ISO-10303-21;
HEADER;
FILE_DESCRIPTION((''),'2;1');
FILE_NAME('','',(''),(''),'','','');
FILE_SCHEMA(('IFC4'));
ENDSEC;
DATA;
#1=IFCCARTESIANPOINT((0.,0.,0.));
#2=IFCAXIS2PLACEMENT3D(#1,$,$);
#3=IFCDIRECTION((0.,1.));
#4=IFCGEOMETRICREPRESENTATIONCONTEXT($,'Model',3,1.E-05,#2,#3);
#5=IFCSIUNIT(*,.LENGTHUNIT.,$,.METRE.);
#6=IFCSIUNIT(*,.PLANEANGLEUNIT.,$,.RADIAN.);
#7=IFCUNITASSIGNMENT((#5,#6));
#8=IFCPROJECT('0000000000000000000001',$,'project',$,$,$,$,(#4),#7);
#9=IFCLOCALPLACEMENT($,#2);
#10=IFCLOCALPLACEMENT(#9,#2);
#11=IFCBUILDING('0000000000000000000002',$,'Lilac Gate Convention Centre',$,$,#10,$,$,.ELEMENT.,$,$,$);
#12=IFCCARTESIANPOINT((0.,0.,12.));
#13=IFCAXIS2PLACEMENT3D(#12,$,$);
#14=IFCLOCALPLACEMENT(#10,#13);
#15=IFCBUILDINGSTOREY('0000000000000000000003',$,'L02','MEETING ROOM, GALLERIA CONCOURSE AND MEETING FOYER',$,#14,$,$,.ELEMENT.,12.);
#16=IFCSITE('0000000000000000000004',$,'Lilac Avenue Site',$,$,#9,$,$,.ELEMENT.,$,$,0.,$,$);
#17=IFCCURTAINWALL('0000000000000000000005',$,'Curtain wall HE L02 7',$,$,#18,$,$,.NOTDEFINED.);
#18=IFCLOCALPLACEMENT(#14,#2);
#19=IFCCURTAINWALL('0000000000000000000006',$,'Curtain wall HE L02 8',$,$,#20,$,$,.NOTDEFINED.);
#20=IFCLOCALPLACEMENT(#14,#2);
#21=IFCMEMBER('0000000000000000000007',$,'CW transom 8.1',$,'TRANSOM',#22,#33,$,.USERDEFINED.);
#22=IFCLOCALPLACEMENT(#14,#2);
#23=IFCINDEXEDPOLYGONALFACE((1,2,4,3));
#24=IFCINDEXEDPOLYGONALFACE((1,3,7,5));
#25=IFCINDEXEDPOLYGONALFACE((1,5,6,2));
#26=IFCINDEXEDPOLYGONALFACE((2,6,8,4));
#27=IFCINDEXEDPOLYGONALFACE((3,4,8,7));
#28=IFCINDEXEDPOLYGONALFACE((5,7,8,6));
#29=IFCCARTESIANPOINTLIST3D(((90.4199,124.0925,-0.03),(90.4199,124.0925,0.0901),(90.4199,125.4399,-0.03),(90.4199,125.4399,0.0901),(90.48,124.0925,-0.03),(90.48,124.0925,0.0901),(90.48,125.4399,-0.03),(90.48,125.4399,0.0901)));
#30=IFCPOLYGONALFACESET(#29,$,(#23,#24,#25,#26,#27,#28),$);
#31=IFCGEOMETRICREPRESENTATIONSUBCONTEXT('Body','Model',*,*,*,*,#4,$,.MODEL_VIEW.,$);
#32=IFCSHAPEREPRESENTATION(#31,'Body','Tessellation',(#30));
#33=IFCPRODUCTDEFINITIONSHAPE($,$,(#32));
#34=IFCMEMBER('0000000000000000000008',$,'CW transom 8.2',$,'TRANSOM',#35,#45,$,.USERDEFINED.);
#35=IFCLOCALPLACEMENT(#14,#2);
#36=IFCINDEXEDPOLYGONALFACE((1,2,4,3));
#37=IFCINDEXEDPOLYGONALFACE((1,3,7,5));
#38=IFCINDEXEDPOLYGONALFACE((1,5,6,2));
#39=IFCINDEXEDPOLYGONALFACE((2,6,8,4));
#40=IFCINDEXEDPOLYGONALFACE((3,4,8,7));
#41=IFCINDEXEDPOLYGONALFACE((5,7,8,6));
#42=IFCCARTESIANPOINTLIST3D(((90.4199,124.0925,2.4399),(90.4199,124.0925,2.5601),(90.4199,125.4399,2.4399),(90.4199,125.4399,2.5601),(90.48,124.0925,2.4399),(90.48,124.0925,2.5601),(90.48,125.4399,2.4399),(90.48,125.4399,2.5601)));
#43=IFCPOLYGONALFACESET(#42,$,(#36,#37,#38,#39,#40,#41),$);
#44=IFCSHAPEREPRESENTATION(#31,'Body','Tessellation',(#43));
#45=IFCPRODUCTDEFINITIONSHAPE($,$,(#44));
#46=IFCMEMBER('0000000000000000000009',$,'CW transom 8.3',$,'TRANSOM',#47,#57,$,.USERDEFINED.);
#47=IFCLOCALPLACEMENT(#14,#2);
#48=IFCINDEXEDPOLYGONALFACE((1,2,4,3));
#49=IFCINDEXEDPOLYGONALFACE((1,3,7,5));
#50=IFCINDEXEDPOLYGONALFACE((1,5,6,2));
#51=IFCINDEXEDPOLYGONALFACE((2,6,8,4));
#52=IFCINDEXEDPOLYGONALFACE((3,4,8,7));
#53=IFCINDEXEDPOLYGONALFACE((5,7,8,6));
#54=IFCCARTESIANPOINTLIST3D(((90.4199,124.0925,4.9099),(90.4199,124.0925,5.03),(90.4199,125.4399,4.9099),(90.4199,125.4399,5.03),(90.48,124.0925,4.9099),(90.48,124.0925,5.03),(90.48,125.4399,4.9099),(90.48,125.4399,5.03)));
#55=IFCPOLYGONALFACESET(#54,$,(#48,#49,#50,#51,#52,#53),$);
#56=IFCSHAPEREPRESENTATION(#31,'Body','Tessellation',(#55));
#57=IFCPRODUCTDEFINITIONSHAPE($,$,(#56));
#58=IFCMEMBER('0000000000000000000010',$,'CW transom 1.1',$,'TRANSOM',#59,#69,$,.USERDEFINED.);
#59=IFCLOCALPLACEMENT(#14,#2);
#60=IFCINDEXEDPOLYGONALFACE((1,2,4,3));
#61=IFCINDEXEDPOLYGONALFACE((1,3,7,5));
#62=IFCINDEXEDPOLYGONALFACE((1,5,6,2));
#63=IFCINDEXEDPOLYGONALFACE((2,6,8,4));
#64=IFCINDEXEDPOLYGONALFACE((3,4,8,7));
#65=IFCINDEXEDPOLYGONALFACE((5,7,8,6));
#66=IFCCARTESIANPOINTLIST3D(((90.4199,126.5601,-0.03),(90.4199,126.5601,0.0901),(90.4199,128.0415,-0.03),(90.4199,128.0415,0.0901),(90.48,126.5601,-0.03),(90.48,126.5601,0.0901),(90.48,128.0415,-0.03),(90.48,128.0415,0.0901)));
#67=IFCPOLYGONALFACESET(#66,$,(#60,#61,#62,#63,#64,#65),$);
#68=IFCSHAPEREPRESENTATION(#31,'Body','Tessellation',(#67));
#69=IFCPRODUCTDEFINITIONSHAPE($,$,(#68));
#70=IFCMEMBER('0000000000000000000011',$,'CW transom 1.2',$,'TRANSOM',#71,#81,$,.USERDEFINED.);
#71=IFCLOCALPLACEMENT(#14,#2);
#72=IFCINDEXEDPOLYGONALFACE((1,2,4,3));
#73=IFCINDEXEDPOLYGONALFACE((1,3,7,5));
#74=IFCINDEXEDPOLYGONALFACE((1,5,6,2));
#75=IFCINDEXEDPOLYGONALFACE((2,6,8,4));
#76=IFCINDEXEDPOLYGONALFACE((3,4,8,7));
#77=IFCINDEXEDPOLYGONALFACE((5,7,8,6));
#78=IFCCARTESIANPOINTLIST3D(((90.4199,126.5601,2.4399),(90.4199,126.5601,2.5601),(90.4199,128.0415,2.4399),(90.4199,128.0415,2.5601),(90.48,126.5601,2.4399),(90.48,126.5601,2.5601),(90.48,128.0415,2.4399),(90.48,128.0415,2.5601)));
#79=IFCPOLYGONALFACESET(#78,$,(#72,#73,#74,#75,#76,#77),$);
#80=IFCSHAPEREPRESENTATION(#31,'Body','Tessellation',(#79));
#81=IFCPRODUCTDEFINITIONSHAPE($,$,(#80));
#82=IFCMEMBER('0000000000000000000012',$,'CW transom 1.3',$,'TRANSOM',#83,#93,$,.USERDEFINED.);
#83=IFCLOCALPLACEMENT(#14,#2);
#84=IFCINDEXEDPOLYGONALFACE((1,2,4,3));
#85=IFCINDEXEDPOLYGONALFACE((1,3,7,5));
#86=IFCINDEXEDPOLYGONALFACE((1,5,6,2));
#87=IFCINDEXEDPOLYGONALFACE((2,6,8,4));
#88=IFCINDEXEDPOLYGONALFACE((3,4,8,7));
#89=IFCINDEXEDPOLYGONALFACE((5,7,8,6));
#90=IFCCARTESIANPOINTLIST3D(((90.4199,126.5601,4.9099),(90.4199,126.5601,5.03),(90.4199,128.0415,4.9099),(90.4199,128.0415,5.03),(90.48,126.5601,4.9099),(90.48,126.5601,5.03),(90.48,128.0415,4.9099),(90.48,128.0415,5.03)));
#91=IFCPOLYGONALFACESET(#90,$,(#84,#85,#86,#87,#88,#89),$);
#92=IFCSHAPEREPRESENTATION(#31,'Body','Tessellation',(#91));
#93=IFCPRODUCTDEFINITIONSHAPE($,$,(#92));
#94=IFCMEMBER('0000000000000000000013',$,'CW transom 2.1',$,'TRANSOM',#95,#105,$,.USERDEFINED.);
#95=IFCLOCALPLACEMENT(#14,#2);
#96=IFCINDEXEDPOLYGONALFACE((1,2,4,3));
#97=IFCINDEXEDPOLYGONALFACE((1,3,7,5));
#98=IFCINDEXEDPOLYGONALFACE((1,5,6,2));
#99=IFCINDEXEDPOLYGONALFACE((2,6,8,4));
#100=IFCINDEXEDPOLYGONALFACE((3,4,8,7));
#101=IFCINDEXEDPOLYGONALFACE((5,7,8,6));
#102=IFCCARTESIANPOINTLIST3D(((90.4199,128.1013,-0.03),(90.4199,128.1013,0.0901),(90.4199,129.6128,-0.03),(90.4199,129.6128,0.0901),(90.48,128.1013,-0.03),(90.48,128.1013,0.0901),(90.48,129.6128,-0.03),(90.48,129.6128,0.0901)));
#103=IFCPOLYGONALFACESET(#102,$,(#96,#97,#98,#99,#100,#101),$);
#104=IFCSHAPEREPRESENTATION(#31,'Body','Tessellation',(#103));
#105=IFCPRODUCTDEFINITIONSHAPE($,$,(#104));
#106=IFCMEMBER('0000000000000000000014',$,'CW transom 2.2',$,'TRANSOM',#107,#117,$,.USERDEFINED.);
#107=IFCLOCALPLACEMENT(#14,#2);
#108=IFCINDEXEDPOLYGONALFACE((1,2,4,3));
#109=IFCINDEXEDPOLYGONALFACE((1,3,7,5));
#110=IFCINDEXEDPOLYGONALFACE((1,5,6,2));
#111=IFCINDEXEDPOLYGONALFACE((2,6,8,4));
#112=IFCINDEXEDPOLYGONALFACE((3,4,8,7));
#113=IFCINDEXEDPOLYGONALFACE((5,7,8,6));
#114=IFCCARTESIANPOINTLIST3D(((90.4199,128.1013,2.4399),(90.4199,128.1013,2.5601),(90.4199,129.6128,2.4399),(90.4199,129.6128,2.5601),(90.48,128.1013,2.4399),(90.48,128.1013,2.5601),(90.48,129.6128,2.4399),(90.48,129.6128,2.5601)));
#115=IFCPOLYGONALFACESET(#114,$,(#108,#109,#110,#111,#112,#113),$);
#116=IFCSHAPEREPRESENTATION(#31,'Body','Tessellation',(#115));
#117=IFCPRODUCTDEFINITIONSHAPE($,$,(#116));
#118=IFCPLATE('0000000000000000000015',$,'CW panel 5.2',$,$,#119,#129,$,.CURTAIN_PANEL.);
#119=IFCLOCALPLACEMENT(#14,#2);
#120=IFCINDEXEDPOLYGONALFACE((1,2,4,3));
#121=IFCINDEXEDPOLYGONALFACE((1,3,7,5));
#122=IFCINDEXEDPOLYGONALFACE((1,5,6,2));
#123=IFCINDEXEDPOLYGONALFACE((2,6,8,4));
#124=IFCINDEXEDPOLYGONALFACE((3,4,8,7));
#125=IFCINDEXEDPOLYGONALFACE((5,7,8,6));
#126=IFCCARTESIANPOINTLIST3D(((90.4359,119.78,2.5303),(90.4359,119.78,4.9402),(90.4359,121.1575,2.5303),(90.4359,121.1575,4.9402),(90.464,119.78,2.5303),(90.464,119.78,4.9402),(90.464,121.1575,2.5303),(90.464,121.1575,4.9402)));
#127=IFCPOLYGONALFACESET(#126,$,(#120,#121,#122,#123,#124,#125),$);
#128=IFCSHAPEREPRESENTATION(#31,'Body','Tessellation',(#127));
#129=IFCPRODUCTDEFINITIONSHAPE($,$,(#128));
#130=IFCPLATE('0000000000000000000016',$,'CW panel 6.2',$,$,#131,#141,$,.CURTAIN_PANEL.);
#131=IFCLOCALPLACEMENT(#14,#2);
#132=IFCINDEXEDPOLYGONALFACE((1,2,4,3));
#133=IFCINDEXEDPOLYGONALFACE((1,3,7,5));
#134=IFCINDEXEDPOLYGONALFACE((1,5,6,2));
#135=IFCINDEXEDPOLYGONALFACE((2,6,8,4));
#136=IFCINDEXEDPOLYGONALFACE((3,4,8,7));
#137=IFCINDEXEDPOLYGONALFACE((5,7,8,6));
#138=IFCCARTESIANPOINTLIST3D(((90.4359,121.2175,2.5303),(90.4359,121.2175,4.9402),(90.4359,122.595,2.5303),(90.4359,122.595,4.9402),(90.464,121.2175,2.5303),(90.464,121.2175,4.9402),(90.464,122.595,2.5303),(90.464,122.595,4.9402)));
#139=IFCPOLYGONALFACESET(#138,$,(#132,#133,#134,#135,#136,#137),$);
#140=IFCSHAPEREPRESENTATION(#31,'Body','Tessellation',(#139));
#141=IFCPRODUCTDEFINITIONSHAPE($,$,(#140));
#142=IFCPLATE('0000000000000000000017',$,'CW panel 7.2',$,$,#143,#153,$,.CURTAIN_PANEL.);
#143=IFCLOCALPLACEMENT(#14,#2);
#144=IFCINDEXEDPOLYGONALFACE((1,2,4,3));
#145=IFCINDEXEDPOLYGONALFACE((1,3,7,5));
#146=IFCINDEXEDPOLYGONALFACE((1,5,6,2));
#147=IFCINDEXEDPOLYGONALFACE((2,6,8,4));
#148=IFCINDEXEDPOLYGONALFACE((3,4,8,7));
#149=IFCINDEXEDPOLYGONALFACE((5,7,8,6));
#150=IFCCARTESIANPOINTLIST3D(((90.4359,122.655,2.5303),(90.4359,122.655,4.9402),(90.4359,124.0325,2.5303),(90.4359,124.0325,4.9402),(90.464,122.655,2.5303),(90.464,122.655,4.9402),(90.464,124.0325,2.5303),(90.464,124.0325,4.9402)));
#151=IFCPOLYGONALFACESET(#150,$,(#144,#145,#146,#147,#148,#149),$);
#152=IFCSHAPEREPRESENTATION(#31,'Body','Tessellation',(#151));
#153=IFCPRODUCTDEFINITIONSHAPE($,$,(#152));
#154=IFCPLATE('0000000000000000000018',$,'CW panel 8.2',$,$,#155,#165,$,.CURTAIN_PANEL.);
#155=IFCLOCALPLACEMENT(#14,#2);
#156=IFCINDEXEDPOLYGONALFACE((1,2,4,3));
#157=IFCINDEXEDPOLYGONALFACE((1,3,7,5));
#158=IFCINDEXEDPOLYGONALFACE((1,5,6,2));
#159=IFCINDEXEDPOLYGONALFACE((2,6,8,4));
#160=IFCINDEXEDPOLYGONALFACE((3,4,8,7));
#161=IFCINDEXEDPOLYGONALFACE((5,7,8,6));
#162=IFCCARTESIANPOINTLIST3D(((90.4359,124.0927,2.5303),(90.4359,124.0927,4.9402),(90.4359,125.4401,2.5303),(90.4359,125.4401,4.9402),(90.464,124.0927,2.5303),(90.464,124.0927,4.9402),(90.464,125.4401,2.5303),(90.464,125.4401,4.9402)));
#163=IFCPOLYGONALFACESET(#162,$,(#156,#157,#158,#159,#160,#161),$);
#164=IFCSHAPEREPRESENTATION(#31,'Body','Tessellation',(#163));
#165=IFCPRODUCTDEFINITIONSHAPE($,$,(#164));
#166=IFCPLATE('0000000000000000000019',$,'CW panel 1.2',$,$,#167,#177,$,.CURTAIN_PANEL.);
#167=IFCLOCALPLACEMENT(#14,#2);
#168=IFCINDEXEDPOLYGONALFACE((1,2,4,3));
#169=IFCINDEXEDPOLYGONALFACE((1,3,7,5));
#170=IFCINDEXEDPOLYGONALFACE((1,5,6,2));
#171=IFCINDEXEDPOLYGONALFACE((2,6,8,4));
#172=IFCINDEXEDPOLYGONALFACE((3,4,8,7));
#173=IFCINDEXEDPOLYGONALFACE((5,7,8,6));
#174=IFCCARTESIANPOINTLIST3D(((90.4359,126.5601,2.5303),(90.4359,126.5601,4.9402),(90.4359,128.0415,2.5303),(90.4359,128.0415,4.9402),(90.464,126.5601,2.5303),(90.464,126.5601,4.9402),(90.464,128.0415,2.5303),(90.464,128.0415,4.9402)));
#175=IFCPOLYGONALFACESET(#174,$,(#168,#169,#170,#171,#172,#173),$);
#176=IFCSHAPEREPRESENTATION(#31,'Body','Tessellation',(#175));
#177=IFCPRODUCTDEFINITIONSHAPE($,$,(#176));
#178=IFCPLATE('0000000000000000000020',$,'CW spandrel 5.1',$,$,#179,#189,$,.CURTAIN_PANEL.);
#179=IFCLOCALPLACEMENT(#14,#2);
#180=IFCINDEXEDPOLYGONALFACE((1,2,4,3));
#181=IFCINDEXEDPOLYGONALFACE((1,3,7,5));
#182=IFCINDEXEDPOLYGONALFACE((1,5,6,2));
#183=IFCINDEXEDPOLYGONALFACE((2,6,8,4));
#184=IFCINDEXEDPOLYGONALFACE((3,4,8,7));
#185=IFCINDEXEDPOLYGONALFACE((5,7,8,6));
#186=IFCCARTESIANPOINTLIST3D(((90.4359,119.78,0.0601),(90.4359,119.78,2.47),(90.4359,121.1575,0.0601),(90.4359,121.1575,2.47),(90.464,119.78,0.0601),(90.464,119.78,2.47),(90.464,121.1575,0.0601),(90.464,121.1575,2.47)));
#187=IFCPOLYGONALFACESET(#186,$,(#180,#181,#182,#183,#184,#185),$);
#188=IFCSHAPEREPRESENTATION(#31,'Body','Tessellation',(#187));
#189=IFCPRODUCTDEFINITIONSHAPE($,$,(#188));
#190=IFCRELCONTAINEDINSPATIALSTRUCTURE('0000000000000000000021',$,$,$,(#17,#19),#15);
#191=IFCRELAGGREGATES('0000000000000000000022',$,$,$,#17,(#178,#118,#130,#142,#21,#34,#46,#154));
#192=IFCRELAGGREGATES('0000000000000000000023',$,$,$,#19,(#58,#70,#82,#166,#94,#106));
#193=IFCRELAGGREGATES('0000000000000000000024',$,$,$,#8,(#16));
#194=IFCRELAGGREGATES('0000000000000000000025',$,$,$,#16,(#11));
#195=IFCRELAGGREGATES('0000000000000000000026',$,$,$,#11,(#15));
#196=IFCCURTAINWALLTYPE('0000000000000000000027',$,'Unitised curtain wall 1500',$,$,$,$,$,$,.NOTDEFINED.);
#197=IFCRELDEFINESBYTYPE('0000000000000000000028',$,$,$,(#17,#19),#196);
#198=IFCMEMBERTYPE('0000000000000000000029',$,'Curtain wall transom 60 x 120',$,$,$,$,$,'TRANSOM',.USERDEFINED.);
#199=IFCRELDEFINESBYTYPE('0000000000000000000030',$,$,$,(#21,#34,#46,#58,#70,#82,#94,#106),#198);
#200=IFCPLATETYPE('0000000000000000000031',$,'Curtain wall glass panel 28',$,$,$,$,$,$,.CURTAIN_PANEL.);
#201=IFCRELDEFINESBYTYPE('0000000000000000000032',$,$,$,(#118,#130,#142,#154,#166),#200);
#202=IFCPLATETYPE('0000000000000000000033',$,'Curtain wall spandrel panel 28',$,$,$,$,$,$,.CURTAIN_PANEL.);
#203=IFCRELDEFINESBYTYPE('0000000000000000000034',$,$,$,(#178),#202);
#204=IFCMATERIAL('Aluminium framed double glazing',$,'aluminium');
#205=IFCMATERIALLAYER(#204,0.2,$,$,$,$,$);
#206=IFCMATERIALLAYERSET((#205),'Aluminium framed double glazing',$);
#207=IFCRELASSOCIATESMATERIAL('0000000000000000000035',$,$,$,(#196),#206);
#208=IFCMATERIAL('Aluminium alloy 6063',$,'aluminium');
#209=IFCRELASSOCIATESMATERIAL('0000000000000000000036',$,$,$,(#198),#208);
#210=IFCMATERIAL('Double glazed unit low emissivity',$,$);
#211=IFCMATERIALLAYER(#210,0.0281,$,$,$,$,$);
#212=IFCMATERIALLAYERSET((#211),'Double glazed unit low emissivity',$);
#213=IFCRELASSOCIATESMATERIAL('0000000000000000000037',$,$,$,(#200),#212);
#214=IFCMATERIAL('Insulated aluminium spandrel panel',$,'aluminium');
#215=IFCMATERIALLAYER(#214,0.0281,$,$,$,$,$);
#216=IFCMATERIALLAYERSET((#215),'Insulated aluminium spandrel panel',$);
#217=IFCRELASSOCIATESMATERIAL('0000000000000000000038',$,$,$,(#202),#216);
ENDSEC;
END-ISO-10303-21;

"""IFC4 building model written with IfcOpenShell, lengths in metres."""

from ifc_helpers import new_model, si_unit, direction, frame, origin, origin_2d, place, context, subcontext, project, spatial, rectangle, extrude, material, layer, layer_set, material_profile, profile_set, type_object, element, aggregate, save


model = new_model("IFC4")

# Units and contexts
model_context = context("Model", 3, precision=1e-05, world=origin(), true_north=direction((0.0, 1.0)))
body_context = subcontext(model_context, "Body", "Model", "MODEL_VIEW")
ifc_project = project(units=[si_unit("LENGTHUNIT", "METRE"), si_unit("PLANEANGLEUNIT", "RADIAN")], contexts=[model_context])

# Site, building, storey
site_placement = place(None, origin())
site = spatial("IfcSite", under=ifc_project, at=site_placement, Name="Lilac Avenue Site", CompositionType="ELEMENT", RefElevation=0.0)
building_placement = place(site_placement, origin())
building = spatial("IfcBuilding", under=site, at=building_placement, Name="Lilac Gate Convention Centre", CompositionType="ELEMENT")
storey_placement = place(building_placement, frame((0.0, 0.0, 12.0)))
storey = spatial("IfcBuildingStorey", under=building, at=storey_placement, Name="L02", Description="MEETING ROOM, GALLERIA CONCOURSE AND MEETING FOYER", CompositionType="ELEMENT", Elevation=12.0)

# Curtain walls
ifc_material_1 = material(Name="Aluminium framed double glazing", Category="aluminium")
ifc_layer_1 = layer(ifc_material_1, 0.2)
ifc_layer_set_1 = layer_set([ifc_layer_1], Name="Aluminium framed double glazing")
curtain_wall_type = type_object("IfcCurtainWallType", Name="Unitised curtain wall 1500", PredefinedType="NOTDEFINED", material=ifc_layer_set_1)
curtain_wall_1_placement = place(storey_placement, origin())
curtain_wall_1 = element("IfcCurtainWall", 1, at=curtain_wall_1_placement, inside=storey, type_object=curtain_wall_type, Name="Curtain wall HE L02 7", PredefinedType="NOTDEFINED")
ifc_material_2 = material(Name="Aluminium alloy 6063", Category="aluminium")
curtain_wall_2_placement = place(storey_placement, origin())
curtain_wall_2 = element("IfcCurtainWall", 2, at=curtain_wall_2_placement, inside=storey, type_object=curtain_wall_type, Name="Curtain wall HE L02 8", PredefinedType="NOTDEFINED")

# Members
ifc_material_profile_1 = material_profile(ifc_material_2, rectangle(XDim=0.0601, YDim=0.1201, at=origin_2d()), Name="Curtain wall transom 60 x 120")
ifc_profile_set_1 = profile_set([ifc_material_profile_1], Name="Aluminium alloy 6063")
member_type_1 = type_object("IfcMemberType", Name="Curtain wall transom 60 x 120", ElementType="TRANSOM", PredefinedType="USERDEFINED", material=ifc_profile_set_1)
member_1_placement = place(storey_placement, frame((90.45, 124.0925, 0.03), z_axis=(0.0, 1.0, 0.0), x_axis=(-1.0, 0.0, 0.0)))
member_1 = element("IfcMember", 3, at=member_1_placement, type_object=member_type_1, Name="CW transom 8.1", ObjectType="TRANSOM", PredefinedType="USERDEFINED", context=body_context, shape_type="SweptSolid", body=[
    extrude(rectangle(XDim=0.0601, YDim=0.1201, at=origin_2d()), origin(), (0.0, 0.0, 1.0), 1.3474),
])
member_2_placement = place(storey_placement, frame((90.45, 124.0925, 2.5), z_axis=(0.0, 1.0, 0.0), x_axis=(-1.0, 0.0, 0.0)))
member_2 = element("IfcMember", 4, at=member_2_placement, type_object=member_type_1, Name="CW transom 8.2", ObjectType="TRANSOM", PredefinedType="USERDEFINED", context=body_context, shape_type="SweptSolid", body=[
    extrude(rectangle(XDim=0.0601, YDim=0.1201, at=origin_2d()), origin(), (0.0, 0.0, 1.0), 1.3474),
])
member_3_placement = place(storey_placement, frame((90.45, 124.0925, 4.97), z_axis=(0.0, 1.0, 0.0), x_axis=(-1.0, 0.0, 0.0)))
member_3 = element("IfcMember", 5, at=member_3_placement, type_object=member_type_1, Name="CW transom 8.3", ObjectType="TRANSOM", PredefinedType="USERDEFINED", context=body_context, shape_type="SweptSolid", body=[
    extrude(rectangle(XDim=0.0601, YDim=0.1201, at=origin_2d()), origin(), (0.0, 0.0, 1.0), 1.3474),
])
member_4_placement = place(storey_placement, frame((90.45, 126.5601, 0.03), z_axis=(0.0, 1.0, 0.0), x_axis=(-1.0, 0.0, 0.0)))
member_4 = element("IfcMember", 6, at=member_4_placement, type_object=member_type_1, Name="CW transom 1.1", ObjectType="TRANSOM", PredefinedType="USERDEFINED", context=body_context, shape_type="SweptSolid", body=[
    extrude(rectangle(XDim=0.0601, YDim=0.1201, at=origin_2d()), origin(), (0.0, 0.0, 1.0), 1.4814),
])
member_5_placement = place(storey_placement, frame((90.45, 126.5601, 2.5), z_axis=(0.0, 1.0, 0.0), x_axis=(-1.0, 0.0, 0.0)))
member_5 = element("IfcMember", 7, at=member_5_placement, type_object=member_type_1, Name="CW transom 1.2", ObjectType="TRANSOM", PredefinedType="USERDEFINED", context=body_context, shape_type="SweptSolid", body=[
    extrude(rectangle(XDim=0.0601, YDim=0.1201, at=origin_2d()), origin(), (0.0, 0.0, 1.0), 1.4814),
])
member_6_placement = place(storey_placement, frame((90.45, 126.5601, 4.97), z_axis=(0.0, 1.0, 0.0), x_axis=(-1.0, 0.0, 0.0)))
member_6 = element("IfcMember", 8, at=member_6_placement, type_object=member_type_1, Name="CW transom 1.3", ObjectType="TRANSOM", PredefinedType="USERDEFINED", context=body_context, shape_type="SweptSolid", body=[
    extrude(rectangle(XDim=0.0601, YDim=0.1201, at=origin_2d()), origin(), (0.0, 0.0, 1.0), 1.4814),
])
member_7_placement = place(storey_placement, frame((90.45, 128.1013, 0.03), z_axis=(0.0, 1.0, 0.0), x_axis=(-1.0, 0.0, 0.0)))
member_7 = element("IfcMember", 9, at=member_7_placement, type_object=member_type_1, Name="CW transom 2.1", ObjectType="TRANSOM", PredefinedType="USERDEFINED", context=body_context, shape_type="SweptSolid", body=[
    extrude(rectangle(XDim=0.0601, YDim=0.1201, at=origin_2d()), origin(), (0.0, 0.0, 1.0), 1.5115),
])
member_8_placement = place(storey_placement, frame((90.45, 128.1013, 2.5), z_axis=(0.0, 1.0, 0.0), x_axis=(-1.0, 0.0, 0.0)))
member_8 = element("IfcMember", 10, at=member_8_placement, type_object=member_type_1, Name="CW transom 2.2", ObjectType="TRANSOM", PredefinedType="USERDEFINED", context=body_context, shape_type="SweptSolid", body=[
    extrude(rectangle(XDim=0.0601, YDim=0.1201, at=origin_2d()), origin(), (0.0, 0.0, 1.0), 1.5115),
])

# Plates
ifc_material_3 = material(Name="Double glazed unit low emissivity")
ifc_layer_2 = layer(ifc_material_3, 0.0281)
ifc_layer_set_2 = layer_set([ifc_layer_2], Name="Double glazed unit low emissivity")
plate_type_1 = type_object("IfcPlateType", Name="Curtain wall glass panel 28", PredefinedType="CURTAIN_PANEL", material=ifc_layer_set_2)
plate_1_placement = place(storey_placement, frame((90.45, 120.4688, 2.5303), z_axis=(0.0, 0.0, 1.0), x_axis=(0.0, 1.0, 0.0)))
plate_1 = element("IfcPlate", 11, at=plate_1_placement, type_object=plate_type_1, Name="CW panel 5.2", PredefinedType="CURTAIN_PANEL", context=body_context, shape_type="SweptSolid", body=[
    extrude(rectangle(XDim=1.3774, YDim=0.0281, at=origin_2d()), origin(), (0.0, 0.0, 1.0), 2.4099),
])
plate_2_placement = place(storey_placement, frame((90.45, 121.9062, 2.5303), z_axis=(0.0, 0.0, 1.0), x_axis=(0.0, 1.0, 0.0)))
plate_2 = element("IfcPlate", 12, at=plate_2_placement, type_object=plate_type_1, Name="CW panel 6.2", PredefinedType="CURTAIN_PANEL", context=body_context, shape_type="SweptSolid", body=[
    extrude(rectangle(XDim=1.3774, YDim=0.0281, at=origin_2d()), origin(), (0.0, 0.0, 1.0), 2.4099),
])
plate_3_placement = place(storey_placement, frame((90.45, 123.3438, 2.5303), z_axis=(0.0, 0.0, 1.0), x_axis=(0.0, 1.0, 0.0)))
plate_3 = element("IfcPlate", 13, at=plate_3_placement, type_object=plate_type_1, Name="CW panel 7.2", PredefinedType="CURTAIN_PANEL", context=body_context, shape_type="SweptSolid", body=[
    extrude(rectangle(XDim=1.3774, YDim=0.0281, at=origin_2d()), origin(), (0.0, 0.0, 1.0), 2.4099),
])
plate_4_placement = place(storey_placement, frame((90.45, 124.7664, 2.5303), z_axis=(0.0, 0.0, 1.0), x_axis=(0.0, 1.0, 0.0)))
plate_4 = element("IfcPlate", 14, at=plate_4_placement, type_object=plate_type_1, Name="CW panel 8.2", PredefinedType="CURTAIN_PANEL", context=body_context, shape_type="SweptSolid", body=[
    extrude(rectangle(XDim=1.3474, YDim=0.0281, at=origin_2d()), origin(), (0.0, 0.0, 1.0), 2.4099),
])
plate_5_placement = place(storey_placement, frame((90.45, 127.3008, 2.5303), z_axis=(0.0, 0.0, 1.0), x_axis=(0.0, 1.0, 0.0)))
plate_5 = element("IfcPlate", 15, at=plate_5_placement, type_object=plate_type_1, Name="CW panel 1.2", PredefinedType="CURTAIN_PANEL", context=body_context, shape_type="SweptSolid", body=[
    extrude(rectangle(XDim=1.4814, YDim=0.0281, at=origin_2d()), origin(), (0.0, 0.0, 1.0), 2.4099),
])
ifc_material_4 = material(Name="Insulated aluminium spandrel panel", Category="aluminium")
ifc_layer_3 = layer(ifc_material_4, 0.0281)
ifc_layer_set_3 = layer_set([ifc_layer_3], Name="Insulated aluminium spandrel panel")
plate_type_2 = type_object("IfcPlateType", Name="Curtain wall spandrel panel 28", PredefinedType="CURTAIN_PANEL", material=ifc_layer_set_3)
plate_6_placement = place(storey_placement, frame((90.45, 120.4688, 0.0601), z_axis=(0.0, 0.0, 1.0), x_axis=(0.0, 1.0, 0.0)))
plate_6 = element("IfcPlate", 16, at=plate_6_placement, type_object=plate_type_2, Name="CW spandrel 5.1", PredefinedType="CURTAIN_PANEL", context=body_context, shape_type="SweptSolid", body=[
    extrude(rectangle(XDim=1.3774, YDim=0.0281, at=origin_2d()), origin(), (0.0, 0.0, 1.0), 2.4099),
])
aggregate(curtain_wall_1, [plate_6, plate_1, plate_2, plate_3, member_1, member_2, member_3, plate_4])
aggregate(curtain_wall_2, [member_4, member_5, member_6, plate_5, member_7, member_8])

save(model, "model.ifc")
